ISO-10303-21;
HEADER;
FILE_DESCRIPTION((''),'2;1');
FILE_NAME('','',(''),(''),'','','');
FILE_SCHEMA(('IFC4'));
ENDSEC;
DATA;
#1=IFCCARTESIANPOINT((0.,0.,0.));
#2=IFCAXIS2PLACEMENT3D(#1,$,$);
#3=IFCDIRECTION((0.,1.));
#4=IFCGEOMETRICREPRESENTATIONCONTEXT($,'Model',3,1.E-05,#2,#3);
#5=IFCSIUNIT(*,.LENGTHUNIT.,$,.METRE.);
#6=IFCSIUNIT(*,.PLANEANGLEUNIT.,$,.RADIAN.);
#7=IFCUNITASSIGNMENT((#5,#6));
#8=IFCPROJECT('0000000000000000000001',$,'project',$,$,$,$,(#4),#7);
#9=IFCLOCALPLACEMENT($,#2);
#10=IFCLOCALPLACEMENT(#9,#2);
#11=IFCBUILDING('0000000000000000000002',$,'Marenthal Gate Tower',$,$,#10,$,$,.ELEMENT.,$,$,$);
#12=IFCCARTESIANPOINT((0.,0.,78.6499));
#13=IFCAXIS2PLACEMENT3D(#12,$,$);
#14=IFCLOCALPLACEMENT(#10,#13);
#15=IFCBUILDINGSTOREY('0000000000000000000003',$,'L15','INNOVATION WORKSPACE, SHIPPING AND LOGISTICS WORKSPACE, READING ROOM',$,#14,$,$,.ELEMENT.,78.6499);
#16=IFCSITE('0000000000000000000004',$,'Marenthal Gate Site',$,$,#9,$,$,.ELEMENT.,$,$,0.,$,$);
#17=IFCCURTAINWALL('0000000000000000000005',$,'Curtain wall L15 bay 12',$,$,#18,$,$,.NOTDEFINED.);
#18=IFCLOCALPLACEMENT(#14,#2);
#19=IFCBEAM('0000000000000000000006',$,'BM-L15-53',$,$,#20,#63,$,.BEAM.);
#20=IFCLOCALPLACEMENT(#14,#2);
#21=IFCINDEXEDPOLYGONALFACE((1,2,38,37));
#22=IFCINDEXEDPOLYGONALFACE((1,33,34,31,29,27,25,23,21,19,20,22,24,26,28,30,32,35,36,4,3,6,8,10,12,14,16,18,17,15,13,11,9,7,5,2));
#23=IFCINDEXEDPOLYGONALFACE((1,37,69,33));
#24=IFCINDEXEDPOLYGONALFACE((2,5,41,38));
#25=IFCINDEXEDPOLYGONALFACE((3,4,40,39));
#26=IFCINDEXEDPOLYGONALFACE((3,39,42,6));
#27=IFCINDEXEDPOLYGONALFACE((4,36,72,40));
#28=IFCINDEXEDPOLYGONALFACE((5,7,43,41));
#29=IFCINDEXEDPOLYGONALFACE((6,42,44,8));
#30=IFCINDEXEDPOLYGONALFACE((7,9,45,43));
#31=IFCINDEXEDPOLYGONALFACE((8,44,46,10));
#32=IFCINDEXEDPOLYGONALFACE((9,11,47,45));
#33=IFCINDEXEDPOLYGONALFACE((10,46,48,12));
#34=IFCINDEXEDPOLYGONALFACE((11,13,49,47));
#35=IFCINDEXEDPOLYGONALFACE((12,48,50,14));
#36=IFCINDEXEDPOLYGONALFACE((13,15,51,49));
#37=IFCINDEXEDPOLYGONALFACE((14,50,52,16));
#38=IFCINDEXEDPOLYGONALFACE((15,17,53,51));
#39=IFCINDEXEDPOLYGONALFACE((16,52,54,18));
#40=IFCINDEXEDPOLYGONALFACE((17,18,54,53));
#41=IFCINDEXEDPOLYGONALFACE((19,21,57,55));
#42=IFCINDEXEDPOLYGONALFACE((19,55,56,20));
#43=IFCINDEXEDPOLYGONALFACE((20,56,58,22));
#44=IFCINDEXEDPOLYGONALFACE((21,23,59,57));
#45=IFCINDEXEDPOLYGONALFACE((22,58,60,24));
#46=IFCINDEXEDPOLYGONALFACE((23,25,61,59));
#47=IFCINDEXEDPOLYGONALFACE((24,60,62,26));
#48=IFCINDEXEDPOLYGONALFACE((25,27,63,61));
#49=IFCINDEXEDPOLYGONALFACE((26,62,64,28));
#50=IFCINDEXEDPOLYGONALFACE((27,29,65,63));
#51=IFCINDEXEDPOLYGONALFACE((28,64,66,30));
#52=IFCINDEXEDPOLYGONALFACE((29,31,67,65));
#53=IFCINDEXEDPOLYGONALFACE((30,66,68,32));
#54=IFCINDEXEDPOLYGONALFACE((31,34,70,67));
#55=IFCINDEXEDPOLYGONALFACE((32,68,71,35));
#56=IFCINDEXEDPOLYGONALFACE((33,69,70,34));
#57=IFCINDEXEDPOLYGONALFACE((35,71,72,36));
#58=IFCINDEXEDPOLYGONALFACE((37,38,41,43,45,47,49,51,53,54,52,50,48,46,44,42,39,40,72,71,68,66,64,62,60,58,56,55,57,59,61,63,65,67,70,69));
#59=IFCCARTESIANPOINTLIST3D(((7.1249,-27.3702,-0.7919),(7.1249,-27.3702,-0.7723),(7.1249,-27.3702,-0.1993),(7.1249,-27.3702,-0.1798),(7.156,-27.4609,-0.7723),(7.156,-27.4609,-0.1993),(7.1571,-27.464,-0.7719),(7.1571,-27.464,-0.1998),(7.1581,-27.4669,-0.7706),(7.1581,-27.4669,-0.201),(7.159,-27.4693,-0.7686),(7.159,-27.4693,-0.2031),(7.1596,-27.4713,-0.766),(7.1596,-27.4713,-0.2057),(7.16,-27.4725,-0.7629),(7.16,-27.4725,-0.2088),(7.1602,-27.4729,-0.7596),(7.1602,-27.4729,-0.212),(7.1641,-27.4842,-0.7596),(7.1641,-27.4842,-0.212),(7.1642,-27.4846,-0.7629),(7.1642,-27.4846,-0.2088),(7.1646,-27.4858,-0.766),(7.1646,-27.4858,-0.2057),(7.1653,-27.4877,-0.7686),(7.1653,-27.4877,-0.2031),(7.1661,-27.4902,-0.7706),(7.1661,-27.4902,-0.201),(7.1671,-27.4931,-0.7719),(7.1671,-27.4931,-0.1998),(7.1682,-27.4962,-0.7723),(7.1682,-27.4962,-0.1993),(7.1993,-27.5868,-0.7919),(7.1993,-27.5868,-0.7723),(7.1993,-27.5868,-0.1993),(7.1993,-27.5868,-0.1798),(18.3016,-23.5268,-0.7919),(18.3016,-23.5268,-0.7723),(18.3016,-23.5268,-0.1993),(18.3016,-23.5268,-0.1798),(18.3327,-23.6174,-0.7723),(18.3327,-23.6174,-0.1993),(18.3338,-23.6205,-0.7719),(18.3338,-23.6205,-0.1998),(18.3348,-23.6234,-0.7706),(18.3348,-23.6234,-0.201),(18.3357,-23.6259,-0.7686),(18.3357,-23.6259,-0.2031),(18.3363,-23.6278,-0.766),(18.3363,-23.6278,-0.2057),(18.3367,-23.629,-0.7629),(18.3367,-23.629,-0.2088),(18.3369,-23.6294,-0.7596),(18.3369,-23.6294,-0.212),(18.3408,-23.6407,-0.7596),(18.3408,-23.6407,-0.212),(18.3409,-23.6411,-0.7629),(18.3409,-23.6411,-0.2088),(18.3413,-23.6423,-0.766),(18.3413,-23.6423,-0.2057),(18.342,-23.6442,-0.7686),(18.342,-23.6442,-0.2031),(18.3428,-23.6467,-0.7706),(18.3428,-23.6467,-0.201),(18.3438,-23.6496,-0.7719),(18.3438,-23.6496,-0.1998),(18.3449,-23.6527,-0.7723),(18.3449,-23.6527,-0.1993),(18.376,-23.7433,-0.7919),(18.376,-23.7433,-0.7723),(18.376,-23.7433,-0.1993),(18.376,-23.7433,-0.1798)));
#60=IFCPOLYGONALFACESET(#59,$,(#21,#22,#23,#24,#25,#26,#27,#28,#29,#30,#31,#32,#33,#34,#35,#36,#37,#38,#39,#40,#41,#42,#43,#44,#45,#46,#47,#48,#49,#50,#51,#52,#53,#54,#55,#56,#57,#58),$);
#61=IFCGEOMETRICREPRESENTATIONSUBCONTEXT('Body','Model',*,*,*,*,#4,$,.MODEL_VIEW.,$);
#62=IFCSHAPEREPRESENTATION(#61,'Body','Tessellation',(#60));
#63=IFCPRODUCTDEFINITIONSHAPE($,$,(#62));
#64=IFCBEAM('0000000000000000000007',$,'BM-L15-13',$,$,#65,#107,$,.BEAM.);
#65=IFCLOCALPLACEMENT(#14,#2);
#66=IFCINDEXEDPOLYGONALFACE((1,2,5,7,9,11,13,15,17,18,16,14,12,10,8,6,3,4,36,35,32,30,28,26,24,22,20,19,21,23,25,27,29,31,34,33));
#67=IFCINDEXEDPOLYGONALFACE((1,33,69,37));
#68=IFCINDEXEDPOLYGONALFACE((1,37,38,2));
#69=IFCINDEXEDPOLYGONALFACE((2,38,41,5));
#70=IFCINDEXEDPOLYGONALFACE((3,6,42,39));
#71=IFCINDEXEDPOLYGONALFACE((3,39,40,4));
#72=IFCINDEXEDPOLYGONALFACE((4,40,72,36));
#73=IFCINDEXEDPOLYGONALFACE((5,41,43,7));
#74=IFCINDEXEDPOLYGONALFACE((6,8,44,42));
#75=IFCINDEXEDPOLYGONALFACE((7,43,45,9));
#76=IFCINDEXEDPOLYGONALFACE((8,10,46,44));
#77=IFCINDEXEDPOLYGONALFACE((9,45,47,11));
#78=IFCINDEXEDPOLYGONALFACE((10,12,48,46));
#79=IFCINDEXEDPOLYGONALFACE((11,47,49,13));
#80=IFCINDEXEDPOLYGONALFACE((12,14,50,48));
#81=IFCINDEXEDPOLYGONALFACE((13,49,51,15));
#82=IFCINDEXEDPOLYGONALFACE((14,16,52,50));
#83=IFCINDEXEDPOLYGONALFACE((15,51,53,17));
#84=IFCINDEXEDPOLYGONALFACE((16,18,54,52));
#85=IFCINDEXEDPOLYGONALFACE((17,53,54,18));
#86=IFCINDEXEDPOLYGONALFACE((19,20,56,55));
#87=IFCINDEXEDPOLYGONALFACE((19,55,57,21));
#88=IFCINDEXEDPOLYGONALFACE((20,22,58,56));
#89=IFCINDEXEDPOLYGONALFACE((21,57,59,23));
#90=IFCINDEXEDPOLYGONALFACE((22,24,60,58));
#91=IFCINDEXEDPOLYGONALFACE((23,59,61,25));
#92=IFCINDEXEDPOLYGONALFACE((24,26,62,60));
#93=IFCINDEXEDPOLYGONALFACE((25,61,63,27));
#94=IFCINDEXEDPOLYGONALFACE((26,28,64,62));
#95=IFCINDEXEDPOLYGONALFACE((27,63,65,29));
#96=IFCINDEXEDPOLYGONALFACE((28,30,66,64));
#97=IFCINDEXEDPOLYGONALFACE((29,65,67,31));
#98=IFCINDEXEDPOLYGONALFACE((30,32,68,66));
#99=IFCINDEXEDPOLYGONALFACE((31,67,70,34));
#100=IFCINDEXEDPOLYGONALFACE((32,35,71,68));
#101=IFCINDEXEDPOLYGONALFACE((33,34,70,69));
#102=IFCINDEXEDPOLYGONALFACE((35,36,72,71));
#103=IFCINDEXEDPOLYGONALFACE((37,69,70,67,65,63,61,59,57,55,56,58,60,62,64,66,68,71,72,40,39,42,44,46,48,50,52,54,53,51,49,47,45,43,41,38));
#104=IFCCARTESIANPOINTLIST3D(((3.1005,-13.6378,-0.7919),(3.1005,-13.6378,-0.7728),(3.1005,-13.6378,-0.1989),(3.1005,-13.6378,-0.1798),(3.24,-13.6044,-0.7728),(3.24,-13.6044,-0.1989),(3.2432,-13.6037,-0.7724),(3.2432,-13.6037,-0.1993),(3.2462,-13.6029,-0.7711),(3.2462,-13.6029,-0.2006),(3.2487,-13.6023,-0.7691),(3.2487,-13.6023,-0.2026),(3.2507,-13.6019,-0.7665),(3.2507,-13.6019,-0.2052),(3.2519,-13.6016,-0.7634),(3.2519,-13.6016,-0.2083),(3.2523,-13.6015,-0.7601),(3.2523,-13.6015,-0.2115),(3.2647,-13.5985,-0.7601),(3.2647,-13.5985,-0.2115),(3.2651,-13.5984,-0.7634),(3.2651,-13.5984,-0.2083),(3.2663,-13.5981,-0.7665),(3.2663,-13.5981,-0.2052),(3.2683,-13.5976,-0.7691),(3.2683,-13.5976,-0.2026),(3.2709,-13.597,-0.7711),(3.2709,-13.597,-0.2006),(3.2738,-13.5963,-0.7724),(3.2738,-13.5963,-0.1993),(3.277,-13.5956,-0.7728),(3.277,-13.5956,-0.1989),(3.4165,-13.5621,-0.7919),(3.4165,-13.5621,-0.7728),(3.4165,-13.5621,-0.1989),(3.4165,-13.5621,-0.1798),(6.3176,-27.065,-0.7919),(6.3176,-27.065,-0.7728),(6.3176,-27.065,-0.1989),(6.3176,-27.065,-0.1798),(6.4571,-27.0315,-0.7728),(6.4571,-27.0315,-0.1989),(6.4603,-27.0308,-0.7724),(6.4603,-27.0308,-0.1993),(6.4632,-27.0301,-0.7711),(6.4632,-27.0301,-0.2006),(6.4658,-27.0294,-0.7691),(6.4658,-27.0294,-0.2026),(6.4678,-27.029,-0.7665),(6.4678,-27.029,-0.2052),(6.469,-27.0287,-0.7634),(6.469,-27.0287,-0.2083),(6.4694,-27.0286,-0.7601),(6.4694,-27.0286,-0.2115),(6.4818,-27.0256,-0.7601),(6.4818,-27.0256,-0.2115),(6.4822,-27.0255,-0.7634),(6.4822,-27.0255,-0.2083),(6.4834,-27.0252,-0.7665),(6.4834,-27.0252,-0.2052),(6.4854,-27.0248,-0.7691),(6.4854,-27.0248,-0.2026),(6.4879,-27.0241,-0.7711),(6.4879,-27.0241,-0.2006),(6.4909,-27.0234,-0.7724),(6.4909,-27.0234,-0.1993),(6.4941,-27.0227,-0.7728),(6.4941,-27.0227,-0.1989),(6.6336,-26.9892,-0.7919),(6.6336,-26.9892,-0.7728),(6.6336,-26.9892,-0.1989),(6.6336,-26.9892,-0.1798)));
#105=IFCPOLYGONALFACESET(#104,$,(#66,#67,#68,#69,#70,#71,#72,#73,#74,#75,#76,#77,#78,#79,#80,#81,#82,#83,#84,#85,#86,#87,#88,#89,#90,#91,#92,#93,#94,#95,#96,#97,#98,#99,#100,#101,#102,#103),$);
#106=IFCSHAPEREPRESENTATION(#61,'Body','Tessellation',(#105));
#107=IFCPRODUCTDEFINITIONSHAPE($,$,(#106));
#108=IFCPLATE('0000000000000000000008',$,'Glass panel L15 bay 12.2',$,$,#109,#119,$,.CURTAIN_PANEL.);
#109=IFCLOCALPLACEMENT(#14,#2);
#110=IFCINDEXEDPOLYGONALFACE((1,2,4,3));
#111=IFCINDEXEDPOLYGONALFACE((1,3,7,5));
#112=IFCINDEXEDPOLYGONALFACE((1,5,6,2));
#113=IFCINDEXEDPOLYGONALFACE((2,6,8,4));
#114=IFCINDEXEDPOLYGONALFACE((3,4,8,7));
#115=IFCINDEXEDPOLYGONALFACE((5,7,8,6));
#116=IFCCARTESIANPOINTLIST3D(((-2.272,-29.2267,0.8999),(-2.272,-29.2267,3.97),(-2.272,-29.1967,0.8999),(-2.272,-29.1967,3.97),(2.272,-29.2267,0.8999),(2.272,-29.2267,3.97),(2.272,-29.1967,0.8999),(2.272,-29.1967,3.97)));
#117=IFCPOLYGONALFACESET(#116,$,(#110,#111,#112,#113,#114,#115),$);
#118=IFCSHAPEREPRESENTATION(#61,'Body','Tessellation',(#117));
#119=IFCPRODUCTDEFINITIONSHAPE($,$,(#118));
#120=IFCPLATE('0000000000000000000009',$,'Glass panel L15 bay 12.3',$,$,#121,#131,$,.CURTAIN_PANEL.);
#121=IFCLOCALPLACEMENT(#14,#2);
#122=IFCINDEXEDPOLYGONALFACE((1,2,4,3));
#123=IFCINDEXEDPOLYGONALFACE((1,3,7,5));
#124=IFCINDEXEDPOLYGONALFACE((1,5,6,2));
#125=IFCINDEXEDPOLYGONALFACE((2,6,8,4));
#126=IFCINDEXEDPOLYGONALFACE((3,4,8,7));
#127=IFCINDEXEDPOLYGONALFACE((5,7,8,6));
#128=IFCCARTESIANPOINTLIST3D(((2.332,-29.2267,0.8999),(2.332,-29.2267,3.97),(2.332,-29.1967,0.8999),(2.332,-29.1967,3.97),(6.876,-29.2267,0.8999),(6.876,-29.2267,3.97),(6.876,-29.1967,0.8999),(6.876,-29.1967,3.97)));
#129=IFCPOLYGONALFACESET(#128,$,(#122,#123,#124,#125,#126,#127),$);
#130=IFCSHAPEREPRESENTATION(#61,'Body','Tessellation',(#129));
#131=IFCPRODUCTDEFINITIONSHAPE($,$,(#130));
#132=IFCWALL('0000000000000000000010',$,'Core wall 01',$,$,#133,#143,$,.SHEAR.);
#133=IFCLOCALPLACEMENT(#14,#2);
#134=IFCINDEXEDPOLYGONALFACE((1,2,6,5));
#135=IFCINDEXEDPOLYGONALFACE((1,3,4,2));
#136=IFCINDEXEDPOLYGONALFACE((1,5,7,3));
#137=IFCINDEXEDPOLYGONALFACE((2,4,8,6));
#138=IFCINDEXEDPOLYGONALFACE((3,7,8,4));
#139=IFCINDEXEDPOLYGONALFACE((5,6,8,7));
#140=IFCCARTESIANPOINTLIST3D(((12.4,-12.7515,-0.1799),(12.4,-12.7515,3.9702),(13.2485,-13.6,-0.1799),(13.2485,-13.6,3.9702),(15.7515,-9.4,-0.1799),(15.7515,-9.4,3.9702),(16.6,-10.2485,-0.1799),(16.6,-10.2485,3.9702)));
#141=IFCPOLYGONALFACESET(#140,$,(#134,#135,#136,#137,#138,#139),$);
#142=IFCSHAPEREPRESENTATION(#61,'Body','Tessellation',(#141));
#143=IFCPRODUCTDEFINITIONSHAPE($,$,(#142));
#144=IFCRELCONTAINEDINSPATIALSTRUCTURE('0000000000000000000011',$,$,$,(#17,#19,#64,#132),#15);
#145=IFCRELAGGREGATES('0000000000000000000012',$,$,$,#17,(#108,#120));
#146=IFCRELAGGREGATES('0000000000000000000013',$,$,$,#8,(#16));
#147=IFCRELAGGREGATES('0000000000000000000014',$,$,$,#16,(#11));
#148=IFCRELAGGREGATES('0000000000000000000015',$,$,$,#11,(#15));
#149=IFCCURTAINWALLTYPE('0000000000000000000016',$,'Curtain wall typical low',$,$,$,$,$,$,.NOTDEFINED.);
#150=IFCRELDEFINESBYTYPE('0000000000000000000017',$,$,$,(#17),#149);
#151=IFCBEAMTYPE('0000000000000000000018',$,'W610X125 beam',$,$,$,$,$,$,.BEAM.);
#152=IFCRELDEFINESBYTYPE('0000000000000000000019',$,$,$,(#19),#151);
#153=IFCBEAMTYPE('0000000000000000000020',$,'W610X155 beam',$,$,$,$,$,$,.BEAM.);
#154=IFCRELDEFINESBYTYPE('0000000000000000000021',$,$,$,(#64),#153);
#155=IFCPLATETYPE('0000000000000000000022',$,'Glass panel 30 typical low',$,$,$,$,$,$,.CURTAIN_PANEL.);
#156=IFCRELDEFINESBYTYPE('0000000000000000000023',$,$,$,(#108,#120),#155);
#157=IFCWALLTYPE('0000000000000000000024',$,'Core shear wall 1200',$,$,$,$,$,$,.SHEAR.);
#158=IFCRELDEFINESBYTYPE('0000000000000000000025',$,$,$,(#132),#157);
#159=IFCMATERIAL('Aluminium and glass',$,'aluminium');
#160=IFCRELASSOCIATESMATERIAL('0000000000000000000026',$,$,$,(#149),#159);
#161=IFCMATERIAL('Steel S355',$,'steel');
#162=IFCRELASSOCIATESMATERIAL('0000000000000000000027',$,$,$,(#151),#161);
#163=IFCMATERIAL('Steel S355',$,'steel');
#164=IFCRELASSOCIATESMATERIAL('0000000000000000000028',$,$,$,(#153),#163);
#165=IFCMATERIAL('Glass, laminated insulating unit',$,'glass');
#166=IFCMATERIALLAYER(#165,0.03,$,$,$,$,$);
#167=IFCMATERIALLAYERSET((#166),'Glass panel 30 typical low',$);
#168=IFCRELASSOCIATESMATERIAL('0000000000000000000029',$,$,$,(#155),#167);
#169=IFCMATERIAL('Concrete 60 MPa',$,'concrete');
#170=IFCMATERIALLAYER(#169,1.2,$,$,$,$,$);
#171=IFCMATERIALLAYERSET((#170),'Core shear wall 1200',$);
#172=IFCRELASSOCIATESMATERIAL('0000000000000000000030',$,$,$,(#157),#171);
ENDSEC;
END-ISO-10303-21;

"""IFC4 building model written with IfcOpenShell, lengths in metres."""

from ifc_helpers import new_model, si_unit, direction, frame, frame_2d, origin, origin_2d, place, context, subcontext, project, spatial, rectangle, i_section, extrude, material, layer, layer_set, material_profile, profile_set, type_object, element, aggregate, save


model = new_model("IFC4")

# Units and contexts
model_context = context("Model", 3, precision=1e-05, world=origin(), true_north=direction((0.0, 1.0)))
body_context = subcontext(model_context, "Body", "Model", "MODEL_VIEW")
ifc_project = project(units=[si_unit("LENGTHUNIT", "METRE"), si_unit("PLANEANGLEUNIT", "RADIAN")], contexts=[model_context])

# Site, building, storey
site_placement = place(None, origin())
site = spatial("IfcSite", under=ifc_project, at=site_placement, Name="Marenthal Gate Site", CompositionType="ELEMENT", RefElevation=0.0)
building_placement = place(site_placement, origin())
building = spatial("IfcBuilding", under=site, at=building_placement, Name="Marenthal Gate Tower", CompositionType="ELEMENT")
storey_placement = place(building_placement, frame((0.0, 0.0, 78.6499)))
storey = spatial("IfcBuildingStorey", under=building, at=storey_placement, Name="L15", Description="INNOVATION WORKSPACE, SHIPPING AND LOGISTICS WORKSPACE, READING ROOM", CompositionType="ELEMENT", Elevation=78.6499)

# Curtain wall
ifc_material_1 = material(Name="Aluminium and glass", Category="aluminium")
curtain_wall_type = type_object("IfcCurtainWallType", Name="Curtain wall typical low", PredefinedType="NOTDEFINED", material=ifc_material_1)
curtain_wall_placement = place(storey_placement, origin())
curtain_wall = element("IfcCurtainWall", 1, at=curtain_wall_placement, inside=storey, type_object=curtain_wall_type, Name="Curtain wall L15 bay 12", PredefinedType="NOTDEFINED")

# Beams
ifc_material_2 = material(Name="Steel S355", Category="steel")
ifc_material_profile_1 = material_profile(ifc_material_2, i_section(OverallWidth=0.229, OverallDepth=0.6121, WebThickness=0.012, FlangeThickness=0.0195, FilletRadius=0.0127, at=origin_2d()), Name="W610X125")
ifc_profile_set_1 = profile_set([ifc_material_profile_1], Name="Steel S355")
beam_type_1 = type_object("IfcBeamType", Name="W610X125 beam", PredefinedType="BEAM", material=ifc_profile_set_1)
beam_1_placement = place(storey_placement, frame((7.1621, -27.4785, -0.4858), z_axis=(0.945648, 0.325193, 0.0), x_axis=(-0.325193, 0.945648, 0.0)))
element("IfcBeam", 2, at=beam_1_placement, inside=storey, type_object=beam_type_1, Name="BM-L15-53", PredefinedType="BEAM", context=body_context, shape_type="SweptSolid", body=[
    extrude(i_section(OverallWidth=0.229, OverallDepth=0.6121, WebThickness=0.012, FlangeThickness=0.0195, FilletRadius=0.0127, at=origin_2d()), origin(), (0.0, 0.0, 1.0), 11.8191),
])
ifc_material_3 = material(Name="Steel S355", Category="steel")
ifc_material_profile_2 = material_profile(ifc_material_3, i_section(OverallWidth=0.325, OverallDepth=0.6121, WebThickness=0.0127, FlangeThickness=0.019, FilletRadius=0.0127, at=origin_2d()), Name="W610X155")
ifc_profile_set_2 = profile_set([ifc_material_profile_2], Name="Steel S355")
beam_type_2 = type_object("IfcBeamType", Name="W610X155 beam", PredefinedType="BEAM", material=ifc_profile_set_2)
beam_2_placement = place(storey_placement, frame((6.4756, -27.0271, -0.4858), z_axis=(-0.233, 0.972477, 0.0), x_axis=(-0.972477, -0.233, 0.0)))
element("IfcBeam", 3, at=beam_2_placement, inside=storey, type_object=beam_type_2, Name="BM-L15-13", PredefinedType="BEAM", context=body_context, shape_type="SweptSolid", body=[
    extrude(i_section(OverallWidth=0.325, OverallDepth=0.6121, WebThickness=0.0127, FlangeThickness=0.019, FilletRadius=0.0127, at=origin_2d()), origin(), (0.0, 0.0, 1.0), 13.8071),
])

# Plates
ifc_material_4 = material(Name="Glass, laminated insulating unit", Category="glass")
ifc_layer_1 = layer(ifc_material_4, 0.03)
ifc_layer_set_1 = layer_set([ifc_layer_1], Name="Glass panel 30 typical low")
plate_type = type_object("IfcPlateType", Name="Glass panel 30 typical low", PredefinedType="CURTAIN_PANEL", material=ifc_layer_set_1)
plate_1_placement = place(storey_placement, frame((0.0, -29.2117, 0.8999), z_axis=(0.0, 0.0, 1.0), x_axis=(1.0, 0.0, 0.0)))
plate_1 = element("IfcPlate", 4, at=plate_1_placement, type_object=plate_type, Name="Glass panel L15 bay 12.2", PredefinedType="CURTAIN_PANEL", context=body_context, shape_type="SweptSolid", body=[
    extrude(rectangle(XDim=4.5439, YDim=0.03, at=origin_2d()), origin(), (0.0, 0.0, 1.0), 3.0701),
])
plate_2_placement = place(storey_placement, frame((4.604, -29.2117, 0.8999), z_axis=(0.0, 0.0, 1.0), x_axis=(1.0, 0.0, 0.0)))
plate_2 = element("IfcPlate", 5, at=plate_2_placement, type_object=plate_type, Name="Glass panel L15 bay 12.3", PredefinedType="CURTAIN_PANEL", context=body_context, shape_type="SweptSolid", body=[
    extrude(rectangle(XDim=4.5439, YDim=0.03, at=origin_2d()), origin(), (0.0, 0.0, 1.0), 3.0701),
])
aggregate(curtain_wall, [plate_1, plate_2])

# Wall
ifc_material_5 = material(Name="Concrete 60 MPa", Category="concrete")
ifc_layer_2 = layer(ifc_material_5, 1.2)
ifc_layer_set_2 = layer_set([ifc_layer_2], Name="Core shear wall 1200")
wall_type_1 = type_object("IfcWallType", Name="Core shear wall 1200", PredefinedType="SHEAR", material=ifc_layer_set_2)
wall_1_placement = place(storey_placement, frame((12.8242, -13.1758, -0.1799), z_axis=(0.0, 0.0, 1.0), x_axis=(0.707107, 0.707107, 0.0)))
element("IfcWall", 6, at=wall_1_placement, inside=storey, type_object=wall_type_1, Name="Core wall 01", PredefinedType="SHEAR", context=body_context, shape_type="SweptSolid", body=[
    extrude(rectangle(XDim=4.7397, YDim=1.2, at=frame_2d((2.3699, 0.0))), origin(), (0.0, 0.0, 1.0), 4.1501),
])

save(model, "model.ifc")
